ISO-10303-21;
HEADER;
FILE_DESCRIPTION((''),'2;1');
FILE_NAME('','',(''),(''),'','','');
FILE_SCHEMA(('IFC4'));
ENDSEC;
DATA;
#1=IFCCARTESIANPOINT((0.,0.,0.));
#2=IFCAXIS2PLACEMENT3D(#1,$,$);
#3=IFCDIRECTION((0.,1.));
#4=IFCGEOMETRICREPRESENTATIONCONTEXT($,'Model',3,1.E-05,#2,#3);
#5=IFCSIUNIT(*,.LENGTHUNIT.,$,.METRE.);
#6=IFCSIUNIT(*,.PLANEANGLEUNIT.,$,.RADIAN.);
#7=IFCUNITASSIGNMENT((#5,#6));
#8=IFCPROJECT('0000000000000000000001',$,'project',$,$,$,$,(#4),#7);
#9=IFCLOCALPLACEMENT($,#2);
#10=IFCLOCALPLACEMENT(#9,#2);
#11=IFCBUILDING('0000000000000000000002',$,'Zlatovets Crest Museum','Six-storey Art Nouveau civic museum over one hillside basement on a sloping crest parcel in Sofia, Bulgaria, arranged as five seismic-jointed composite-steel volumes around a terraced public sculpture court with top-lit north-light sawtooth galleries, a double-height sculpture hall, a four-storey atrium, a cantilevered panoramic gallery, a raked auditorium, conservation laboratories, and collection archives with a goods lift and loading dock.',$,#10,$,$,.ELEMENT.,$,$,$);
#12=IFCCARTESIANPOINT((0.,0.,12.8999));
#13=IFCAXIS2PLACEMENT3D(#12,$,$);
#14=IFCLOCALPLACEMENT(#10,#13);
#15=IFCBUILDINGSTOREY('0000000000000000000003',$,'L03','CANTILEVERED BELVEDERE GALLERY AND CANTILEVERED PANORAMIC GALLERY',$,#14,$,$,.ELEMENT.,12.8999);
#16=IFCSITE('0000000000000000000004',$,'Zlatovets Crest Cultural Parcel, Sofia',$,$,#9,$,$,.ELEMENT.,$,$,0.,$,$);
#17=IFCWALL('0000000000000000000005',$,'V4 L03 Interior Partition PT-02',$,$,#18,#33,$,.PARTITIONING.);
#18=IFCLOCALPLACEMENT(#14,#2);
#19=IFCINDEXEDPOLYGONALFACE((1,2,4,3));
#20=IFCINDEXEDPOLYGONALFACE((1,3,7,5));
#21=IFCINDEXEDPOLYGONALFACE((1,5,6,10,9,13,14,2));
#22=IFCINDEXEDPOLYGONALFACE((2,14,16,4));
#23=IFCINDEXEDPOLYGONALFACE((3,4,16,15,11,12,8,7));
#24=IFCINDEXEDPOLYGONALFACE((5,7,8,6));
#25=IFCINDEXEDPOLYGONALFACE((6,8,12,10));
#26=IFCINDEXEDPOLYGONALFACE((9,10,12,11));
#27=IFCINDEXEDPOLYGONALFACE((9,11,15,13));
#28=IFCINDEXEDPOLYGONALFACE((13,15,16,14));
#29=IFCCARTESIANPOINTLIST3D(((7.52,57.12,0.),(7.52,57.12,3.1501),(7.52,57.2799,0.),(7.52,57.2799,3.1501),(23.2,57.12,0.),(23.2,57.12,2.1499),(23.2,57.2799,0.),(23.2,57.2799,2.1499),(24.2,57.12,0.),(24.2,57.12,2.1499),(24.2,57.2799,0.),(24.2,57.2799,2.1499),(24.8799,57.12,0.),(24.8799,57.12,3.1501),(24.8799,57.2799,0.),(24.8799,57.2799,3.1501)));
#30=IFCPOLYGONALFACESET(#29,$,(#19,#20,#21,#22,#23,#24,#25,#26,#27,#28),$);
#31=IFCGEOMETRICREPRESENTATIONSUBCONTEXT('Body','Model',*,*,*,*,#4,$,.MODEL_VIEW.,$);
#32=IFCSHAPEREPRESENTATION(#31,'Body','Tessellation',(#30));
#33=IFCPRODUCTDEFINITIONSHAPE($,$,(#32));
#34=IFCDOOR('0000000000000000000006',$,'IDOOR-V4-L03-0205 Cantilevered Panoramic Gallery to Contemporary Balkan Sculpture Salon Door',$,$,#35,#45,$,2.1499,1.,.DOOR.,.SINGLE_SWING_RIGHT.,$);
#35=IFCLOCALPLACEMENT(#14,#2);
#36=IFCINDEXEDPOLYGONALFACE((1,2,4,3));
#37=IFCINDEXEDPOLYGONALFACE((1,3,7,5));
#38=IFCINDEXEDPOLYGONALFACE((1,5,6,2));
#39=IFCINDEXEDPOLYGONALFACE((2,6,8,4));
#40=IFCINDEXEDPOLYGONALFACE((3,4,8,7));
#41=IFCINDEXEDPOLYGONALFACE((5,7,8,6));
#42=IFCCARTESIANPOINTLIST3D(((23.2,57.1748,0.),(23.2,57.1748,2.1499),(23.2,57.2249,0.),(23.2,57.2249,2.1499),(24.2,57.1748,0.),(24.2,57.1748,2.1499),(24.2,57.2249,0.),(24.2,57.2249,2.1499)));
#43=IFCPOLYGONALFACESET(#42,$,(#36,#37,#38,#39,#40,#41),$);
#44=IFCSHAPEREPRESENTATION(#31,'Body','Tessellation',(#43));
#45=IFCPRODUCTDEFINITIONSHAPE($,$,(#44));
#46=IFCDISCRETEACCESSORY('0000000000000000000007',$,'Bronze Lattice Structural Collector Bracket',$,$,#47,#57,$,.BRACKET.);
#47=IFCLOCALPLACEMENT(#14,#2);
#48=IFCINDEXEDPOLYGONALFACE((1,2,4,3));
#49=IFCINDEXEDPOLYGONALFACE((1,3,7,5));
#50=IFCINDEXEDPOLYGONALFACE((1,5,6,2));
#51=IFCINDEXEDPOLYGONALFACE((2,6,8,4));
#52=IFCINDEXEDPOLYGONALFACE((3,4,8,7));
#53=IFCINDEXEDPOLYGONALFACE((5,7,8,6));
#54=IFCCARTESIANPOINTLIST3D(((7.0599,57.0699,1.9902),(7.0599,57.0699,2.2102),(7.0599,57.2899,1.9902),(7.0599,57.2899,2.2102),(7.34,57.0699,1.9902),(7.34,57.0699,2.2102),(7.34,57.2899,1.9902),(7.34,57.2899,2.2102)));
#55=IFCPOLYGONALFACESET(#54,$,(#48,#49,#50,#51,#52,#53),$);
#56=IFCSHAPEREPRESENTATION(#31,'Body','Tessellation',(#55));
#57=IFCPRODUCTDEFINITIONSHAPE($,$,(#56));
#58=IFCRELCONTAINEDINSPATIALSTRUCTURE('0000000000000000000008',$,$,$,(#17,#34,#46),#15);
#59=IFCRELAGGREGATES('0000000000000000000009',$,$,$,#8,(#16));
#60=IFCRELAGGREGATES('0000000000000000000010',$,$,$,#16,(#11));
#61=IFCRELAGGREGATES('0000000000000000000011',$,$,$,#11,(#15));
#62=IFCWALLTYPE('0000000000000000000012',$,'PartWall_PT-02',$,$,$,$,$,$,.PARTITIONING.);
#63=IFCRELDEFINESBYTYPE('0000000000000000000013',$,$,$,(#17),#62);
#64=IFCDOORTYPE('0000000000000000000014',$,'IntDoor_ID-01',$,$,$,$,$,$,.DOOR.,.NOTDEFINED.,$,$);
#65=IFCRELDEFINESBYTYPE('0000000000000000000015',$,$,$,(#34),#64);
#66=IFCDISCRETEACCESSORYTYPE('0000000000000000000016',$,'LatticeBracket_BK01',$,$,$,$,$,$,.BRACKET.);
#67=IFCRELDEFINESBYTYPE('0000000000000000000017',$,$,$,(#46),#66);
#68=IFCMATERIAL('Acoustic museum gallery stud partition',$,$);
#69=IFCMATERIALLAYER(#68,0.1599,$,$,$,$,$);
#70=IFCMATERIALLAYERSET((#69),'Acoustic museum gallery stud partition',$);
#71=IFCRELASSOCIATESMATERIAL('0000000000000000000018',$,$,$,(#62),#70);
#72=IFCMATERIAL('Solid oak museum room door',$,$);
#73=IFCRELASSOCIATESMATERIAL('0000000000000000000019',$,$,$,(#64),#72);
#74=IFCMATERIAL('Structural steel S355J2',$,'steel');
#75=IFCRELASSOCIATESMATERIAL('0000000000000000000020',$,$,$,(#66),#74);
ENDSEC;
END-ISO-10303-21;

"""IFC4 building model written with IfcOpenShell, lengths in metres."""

from ifc_helpers import new_model, si_unit, direction, frame, frame_2d, origin, origin_2d, place, context, subcontext, project, spatial, rectangle, extrude, material, layer, layer_set, type_object, element, fill, save


model = new_model("IFC4")

# Units and contexts
model_context = context("Model", 3, precision=1e-05, world=origin(), true_north=direction((0.0, 1.0)))
body_context = subcontext(model_context, "Body", "Model", "MODEL_VIEW")
ifc_project = project(units=[si_unit("LENGTHUNIT", "METRE"), si_unit("PLANEANGLEUNIT", "RADIAN")], contexts=[model_context])

# Site, building, storey
site_placement = place(None, origin())
site = spatial("IfcSite", under=ifc_project, at=site_placement, Name="Zlatovets Crest Cultural Parcel, Sofia", CompositionType="ELEMENT", RefElevation=0.0)
building_placement = place(site_placement, origin())
building = spatial("IfcBuilding", under=site, at=building_placement, Name="Zlatovets Crest Museum", Description="Six-storey Art Nouveau civic museum over one hillside basement on a sloping crest parcel in Sofia, Bulgaria, arranged as five seismic-jointed composite-steel volumes around a terraced public sculpture court with top-lit north-light sawtooth galleries, a double-height sculpture hall, a four-storey atrium, a cantilevered panoramic gallery, a raked auditorium, conservation laboratories, and collection archives with a goods lift and loading dock.", CompositionType="ELEMENT")
storey_placement = place(building_placement, frame((0.0, 0.0, 12.8999)))
storey = spatial("IfcBuildingStorey", under=building, at=storey_placement, Name="L03", Description="CANTILEVERED BELVEDERE GALLERY AND CANTILEVERED PANORAMIC GALLERY", CompositionType="ELEMENT", Elevation=12.8999)

# Shared definitions
ifc_material_1 = material(Name="Structural steel S355J2", Category="steel")

# Wall, opening, door
ifc_material_2 = material(Name="Acoustic museum gallery stud partition")
ifc_layer_1 = layer(ifc_material_2, 0.1599)
ifc_layer_set_1 = layer_set([ifc_layer_1], Name="Acoustic museum gallery stud partition")
wall_type_1 = type_object("IfcWallType", Name="PartWall_PT-02", PredefinedType="PARTITIONING", material=ifc_layer_set_1)
wall_1_placement = place(storey_placement, frame((7.52, 57.2, 0.0), z_axis=(0.0, 0.0, 1.0), x_axis=(1.0, 0.0, 0.0)))
wall_1 = element("IfcWall", 1, at=wall_1_placement, inside=storey, type_object=wall_type_1, Name="V4 L03 Interior Partition PT-02", PredefinedType="PARTITIONING", context=body_context, shape_type="SweptSolid", body=[
    extrude(rectangle(XDim=17.3599, YDim=0.1599, at=frame_2d((8.6799, 0.0))), origin(), (0.0, 0.0, 1.0), 3.1501),
])
opening_placement = place(wall_1_placement, frame((15.6799, 0.0, 0.0)))
opening = element("IfcOpeningElement", 2, at=opening_placement, cuts=wall_1, PredefinedType="OPENING", context=body_context, shape_type="SweptSolid", body=[
    extrude(rectangle(XDim=1.0, YDim=2.1499, at=frame_2d((0.5, 1.075))), frame((0.0, 0.0898, 0.0), z_axis=(0.0, -1.0, 0.0), x_axis=(1.0, 0.0, 0.0)), (0.0, 0.0, 1.0), 0.1799),
])
ifc_material_3 = material(Name="Solid oak museum room door")
door_type = type_object("IfcDoorType", Name="IntDoor_ID-01", OperationType="NOTDEFINED", PredefinedType="DOOR", material=ifc_material_3)
door_placement = place(opening_placement, origin())
door = element("IfcDoor", 3, at=door_placement, inside=storey, type_object=door_type, Name="IDOOR-V4-L03-0205 Cantilevered Panoramic Gallery to Contemporary Balkan Sculpture Salon Door", OperationType="SINGLE_SWING_RIGHT", OverallHeight=2.1499, OverallWidth=1.0, PredefinedType="DOOR", context=body_context, shape_type="SweptSolid", body=[
    extrude(rectangle(XDim=1.0, YDim=2.1499, at=frame_2d((0.5, 1.075))), frame((0.0, 0.0249, 0.0), z_axis=(0.0, -1.0, 0.0), x_axis=(1.0, 0.0, 0.0)), (0.0, 0.0, 1.0), 0.05),
])
fill(opening, door)

# Discrete accessory
discrete_accessory_type = type_object("IfcDiscreteAccessoryType", Name="LatticeBracket_BK01", PredefinedType="BRACKET", material=ifc_material_1)
discrete_accessory_placement = place(storey_placement, frame((7.2, 57.1799, 1.9902), z_axis=(0.0, 0.0, 1.0), x_axis=(1.0, 0.0, 0.0)))
element("IfcDiscreteAccessory", 4, at=discrete_accessory_placement, inside=storey, type_object=discrete_accessory_type, Name="Bronze Lattice Structural Collector Bracket", PredefinedType="BRACKET", context=body_context, shape_type="SweptSolid", body=[
    extrude(rectangle(XDim=0.28, YDim=0.22, at=origin_2d()), origin(), (0.0, 0.0, 1.0), 0.22),
])

save(model, "model.ifc")
